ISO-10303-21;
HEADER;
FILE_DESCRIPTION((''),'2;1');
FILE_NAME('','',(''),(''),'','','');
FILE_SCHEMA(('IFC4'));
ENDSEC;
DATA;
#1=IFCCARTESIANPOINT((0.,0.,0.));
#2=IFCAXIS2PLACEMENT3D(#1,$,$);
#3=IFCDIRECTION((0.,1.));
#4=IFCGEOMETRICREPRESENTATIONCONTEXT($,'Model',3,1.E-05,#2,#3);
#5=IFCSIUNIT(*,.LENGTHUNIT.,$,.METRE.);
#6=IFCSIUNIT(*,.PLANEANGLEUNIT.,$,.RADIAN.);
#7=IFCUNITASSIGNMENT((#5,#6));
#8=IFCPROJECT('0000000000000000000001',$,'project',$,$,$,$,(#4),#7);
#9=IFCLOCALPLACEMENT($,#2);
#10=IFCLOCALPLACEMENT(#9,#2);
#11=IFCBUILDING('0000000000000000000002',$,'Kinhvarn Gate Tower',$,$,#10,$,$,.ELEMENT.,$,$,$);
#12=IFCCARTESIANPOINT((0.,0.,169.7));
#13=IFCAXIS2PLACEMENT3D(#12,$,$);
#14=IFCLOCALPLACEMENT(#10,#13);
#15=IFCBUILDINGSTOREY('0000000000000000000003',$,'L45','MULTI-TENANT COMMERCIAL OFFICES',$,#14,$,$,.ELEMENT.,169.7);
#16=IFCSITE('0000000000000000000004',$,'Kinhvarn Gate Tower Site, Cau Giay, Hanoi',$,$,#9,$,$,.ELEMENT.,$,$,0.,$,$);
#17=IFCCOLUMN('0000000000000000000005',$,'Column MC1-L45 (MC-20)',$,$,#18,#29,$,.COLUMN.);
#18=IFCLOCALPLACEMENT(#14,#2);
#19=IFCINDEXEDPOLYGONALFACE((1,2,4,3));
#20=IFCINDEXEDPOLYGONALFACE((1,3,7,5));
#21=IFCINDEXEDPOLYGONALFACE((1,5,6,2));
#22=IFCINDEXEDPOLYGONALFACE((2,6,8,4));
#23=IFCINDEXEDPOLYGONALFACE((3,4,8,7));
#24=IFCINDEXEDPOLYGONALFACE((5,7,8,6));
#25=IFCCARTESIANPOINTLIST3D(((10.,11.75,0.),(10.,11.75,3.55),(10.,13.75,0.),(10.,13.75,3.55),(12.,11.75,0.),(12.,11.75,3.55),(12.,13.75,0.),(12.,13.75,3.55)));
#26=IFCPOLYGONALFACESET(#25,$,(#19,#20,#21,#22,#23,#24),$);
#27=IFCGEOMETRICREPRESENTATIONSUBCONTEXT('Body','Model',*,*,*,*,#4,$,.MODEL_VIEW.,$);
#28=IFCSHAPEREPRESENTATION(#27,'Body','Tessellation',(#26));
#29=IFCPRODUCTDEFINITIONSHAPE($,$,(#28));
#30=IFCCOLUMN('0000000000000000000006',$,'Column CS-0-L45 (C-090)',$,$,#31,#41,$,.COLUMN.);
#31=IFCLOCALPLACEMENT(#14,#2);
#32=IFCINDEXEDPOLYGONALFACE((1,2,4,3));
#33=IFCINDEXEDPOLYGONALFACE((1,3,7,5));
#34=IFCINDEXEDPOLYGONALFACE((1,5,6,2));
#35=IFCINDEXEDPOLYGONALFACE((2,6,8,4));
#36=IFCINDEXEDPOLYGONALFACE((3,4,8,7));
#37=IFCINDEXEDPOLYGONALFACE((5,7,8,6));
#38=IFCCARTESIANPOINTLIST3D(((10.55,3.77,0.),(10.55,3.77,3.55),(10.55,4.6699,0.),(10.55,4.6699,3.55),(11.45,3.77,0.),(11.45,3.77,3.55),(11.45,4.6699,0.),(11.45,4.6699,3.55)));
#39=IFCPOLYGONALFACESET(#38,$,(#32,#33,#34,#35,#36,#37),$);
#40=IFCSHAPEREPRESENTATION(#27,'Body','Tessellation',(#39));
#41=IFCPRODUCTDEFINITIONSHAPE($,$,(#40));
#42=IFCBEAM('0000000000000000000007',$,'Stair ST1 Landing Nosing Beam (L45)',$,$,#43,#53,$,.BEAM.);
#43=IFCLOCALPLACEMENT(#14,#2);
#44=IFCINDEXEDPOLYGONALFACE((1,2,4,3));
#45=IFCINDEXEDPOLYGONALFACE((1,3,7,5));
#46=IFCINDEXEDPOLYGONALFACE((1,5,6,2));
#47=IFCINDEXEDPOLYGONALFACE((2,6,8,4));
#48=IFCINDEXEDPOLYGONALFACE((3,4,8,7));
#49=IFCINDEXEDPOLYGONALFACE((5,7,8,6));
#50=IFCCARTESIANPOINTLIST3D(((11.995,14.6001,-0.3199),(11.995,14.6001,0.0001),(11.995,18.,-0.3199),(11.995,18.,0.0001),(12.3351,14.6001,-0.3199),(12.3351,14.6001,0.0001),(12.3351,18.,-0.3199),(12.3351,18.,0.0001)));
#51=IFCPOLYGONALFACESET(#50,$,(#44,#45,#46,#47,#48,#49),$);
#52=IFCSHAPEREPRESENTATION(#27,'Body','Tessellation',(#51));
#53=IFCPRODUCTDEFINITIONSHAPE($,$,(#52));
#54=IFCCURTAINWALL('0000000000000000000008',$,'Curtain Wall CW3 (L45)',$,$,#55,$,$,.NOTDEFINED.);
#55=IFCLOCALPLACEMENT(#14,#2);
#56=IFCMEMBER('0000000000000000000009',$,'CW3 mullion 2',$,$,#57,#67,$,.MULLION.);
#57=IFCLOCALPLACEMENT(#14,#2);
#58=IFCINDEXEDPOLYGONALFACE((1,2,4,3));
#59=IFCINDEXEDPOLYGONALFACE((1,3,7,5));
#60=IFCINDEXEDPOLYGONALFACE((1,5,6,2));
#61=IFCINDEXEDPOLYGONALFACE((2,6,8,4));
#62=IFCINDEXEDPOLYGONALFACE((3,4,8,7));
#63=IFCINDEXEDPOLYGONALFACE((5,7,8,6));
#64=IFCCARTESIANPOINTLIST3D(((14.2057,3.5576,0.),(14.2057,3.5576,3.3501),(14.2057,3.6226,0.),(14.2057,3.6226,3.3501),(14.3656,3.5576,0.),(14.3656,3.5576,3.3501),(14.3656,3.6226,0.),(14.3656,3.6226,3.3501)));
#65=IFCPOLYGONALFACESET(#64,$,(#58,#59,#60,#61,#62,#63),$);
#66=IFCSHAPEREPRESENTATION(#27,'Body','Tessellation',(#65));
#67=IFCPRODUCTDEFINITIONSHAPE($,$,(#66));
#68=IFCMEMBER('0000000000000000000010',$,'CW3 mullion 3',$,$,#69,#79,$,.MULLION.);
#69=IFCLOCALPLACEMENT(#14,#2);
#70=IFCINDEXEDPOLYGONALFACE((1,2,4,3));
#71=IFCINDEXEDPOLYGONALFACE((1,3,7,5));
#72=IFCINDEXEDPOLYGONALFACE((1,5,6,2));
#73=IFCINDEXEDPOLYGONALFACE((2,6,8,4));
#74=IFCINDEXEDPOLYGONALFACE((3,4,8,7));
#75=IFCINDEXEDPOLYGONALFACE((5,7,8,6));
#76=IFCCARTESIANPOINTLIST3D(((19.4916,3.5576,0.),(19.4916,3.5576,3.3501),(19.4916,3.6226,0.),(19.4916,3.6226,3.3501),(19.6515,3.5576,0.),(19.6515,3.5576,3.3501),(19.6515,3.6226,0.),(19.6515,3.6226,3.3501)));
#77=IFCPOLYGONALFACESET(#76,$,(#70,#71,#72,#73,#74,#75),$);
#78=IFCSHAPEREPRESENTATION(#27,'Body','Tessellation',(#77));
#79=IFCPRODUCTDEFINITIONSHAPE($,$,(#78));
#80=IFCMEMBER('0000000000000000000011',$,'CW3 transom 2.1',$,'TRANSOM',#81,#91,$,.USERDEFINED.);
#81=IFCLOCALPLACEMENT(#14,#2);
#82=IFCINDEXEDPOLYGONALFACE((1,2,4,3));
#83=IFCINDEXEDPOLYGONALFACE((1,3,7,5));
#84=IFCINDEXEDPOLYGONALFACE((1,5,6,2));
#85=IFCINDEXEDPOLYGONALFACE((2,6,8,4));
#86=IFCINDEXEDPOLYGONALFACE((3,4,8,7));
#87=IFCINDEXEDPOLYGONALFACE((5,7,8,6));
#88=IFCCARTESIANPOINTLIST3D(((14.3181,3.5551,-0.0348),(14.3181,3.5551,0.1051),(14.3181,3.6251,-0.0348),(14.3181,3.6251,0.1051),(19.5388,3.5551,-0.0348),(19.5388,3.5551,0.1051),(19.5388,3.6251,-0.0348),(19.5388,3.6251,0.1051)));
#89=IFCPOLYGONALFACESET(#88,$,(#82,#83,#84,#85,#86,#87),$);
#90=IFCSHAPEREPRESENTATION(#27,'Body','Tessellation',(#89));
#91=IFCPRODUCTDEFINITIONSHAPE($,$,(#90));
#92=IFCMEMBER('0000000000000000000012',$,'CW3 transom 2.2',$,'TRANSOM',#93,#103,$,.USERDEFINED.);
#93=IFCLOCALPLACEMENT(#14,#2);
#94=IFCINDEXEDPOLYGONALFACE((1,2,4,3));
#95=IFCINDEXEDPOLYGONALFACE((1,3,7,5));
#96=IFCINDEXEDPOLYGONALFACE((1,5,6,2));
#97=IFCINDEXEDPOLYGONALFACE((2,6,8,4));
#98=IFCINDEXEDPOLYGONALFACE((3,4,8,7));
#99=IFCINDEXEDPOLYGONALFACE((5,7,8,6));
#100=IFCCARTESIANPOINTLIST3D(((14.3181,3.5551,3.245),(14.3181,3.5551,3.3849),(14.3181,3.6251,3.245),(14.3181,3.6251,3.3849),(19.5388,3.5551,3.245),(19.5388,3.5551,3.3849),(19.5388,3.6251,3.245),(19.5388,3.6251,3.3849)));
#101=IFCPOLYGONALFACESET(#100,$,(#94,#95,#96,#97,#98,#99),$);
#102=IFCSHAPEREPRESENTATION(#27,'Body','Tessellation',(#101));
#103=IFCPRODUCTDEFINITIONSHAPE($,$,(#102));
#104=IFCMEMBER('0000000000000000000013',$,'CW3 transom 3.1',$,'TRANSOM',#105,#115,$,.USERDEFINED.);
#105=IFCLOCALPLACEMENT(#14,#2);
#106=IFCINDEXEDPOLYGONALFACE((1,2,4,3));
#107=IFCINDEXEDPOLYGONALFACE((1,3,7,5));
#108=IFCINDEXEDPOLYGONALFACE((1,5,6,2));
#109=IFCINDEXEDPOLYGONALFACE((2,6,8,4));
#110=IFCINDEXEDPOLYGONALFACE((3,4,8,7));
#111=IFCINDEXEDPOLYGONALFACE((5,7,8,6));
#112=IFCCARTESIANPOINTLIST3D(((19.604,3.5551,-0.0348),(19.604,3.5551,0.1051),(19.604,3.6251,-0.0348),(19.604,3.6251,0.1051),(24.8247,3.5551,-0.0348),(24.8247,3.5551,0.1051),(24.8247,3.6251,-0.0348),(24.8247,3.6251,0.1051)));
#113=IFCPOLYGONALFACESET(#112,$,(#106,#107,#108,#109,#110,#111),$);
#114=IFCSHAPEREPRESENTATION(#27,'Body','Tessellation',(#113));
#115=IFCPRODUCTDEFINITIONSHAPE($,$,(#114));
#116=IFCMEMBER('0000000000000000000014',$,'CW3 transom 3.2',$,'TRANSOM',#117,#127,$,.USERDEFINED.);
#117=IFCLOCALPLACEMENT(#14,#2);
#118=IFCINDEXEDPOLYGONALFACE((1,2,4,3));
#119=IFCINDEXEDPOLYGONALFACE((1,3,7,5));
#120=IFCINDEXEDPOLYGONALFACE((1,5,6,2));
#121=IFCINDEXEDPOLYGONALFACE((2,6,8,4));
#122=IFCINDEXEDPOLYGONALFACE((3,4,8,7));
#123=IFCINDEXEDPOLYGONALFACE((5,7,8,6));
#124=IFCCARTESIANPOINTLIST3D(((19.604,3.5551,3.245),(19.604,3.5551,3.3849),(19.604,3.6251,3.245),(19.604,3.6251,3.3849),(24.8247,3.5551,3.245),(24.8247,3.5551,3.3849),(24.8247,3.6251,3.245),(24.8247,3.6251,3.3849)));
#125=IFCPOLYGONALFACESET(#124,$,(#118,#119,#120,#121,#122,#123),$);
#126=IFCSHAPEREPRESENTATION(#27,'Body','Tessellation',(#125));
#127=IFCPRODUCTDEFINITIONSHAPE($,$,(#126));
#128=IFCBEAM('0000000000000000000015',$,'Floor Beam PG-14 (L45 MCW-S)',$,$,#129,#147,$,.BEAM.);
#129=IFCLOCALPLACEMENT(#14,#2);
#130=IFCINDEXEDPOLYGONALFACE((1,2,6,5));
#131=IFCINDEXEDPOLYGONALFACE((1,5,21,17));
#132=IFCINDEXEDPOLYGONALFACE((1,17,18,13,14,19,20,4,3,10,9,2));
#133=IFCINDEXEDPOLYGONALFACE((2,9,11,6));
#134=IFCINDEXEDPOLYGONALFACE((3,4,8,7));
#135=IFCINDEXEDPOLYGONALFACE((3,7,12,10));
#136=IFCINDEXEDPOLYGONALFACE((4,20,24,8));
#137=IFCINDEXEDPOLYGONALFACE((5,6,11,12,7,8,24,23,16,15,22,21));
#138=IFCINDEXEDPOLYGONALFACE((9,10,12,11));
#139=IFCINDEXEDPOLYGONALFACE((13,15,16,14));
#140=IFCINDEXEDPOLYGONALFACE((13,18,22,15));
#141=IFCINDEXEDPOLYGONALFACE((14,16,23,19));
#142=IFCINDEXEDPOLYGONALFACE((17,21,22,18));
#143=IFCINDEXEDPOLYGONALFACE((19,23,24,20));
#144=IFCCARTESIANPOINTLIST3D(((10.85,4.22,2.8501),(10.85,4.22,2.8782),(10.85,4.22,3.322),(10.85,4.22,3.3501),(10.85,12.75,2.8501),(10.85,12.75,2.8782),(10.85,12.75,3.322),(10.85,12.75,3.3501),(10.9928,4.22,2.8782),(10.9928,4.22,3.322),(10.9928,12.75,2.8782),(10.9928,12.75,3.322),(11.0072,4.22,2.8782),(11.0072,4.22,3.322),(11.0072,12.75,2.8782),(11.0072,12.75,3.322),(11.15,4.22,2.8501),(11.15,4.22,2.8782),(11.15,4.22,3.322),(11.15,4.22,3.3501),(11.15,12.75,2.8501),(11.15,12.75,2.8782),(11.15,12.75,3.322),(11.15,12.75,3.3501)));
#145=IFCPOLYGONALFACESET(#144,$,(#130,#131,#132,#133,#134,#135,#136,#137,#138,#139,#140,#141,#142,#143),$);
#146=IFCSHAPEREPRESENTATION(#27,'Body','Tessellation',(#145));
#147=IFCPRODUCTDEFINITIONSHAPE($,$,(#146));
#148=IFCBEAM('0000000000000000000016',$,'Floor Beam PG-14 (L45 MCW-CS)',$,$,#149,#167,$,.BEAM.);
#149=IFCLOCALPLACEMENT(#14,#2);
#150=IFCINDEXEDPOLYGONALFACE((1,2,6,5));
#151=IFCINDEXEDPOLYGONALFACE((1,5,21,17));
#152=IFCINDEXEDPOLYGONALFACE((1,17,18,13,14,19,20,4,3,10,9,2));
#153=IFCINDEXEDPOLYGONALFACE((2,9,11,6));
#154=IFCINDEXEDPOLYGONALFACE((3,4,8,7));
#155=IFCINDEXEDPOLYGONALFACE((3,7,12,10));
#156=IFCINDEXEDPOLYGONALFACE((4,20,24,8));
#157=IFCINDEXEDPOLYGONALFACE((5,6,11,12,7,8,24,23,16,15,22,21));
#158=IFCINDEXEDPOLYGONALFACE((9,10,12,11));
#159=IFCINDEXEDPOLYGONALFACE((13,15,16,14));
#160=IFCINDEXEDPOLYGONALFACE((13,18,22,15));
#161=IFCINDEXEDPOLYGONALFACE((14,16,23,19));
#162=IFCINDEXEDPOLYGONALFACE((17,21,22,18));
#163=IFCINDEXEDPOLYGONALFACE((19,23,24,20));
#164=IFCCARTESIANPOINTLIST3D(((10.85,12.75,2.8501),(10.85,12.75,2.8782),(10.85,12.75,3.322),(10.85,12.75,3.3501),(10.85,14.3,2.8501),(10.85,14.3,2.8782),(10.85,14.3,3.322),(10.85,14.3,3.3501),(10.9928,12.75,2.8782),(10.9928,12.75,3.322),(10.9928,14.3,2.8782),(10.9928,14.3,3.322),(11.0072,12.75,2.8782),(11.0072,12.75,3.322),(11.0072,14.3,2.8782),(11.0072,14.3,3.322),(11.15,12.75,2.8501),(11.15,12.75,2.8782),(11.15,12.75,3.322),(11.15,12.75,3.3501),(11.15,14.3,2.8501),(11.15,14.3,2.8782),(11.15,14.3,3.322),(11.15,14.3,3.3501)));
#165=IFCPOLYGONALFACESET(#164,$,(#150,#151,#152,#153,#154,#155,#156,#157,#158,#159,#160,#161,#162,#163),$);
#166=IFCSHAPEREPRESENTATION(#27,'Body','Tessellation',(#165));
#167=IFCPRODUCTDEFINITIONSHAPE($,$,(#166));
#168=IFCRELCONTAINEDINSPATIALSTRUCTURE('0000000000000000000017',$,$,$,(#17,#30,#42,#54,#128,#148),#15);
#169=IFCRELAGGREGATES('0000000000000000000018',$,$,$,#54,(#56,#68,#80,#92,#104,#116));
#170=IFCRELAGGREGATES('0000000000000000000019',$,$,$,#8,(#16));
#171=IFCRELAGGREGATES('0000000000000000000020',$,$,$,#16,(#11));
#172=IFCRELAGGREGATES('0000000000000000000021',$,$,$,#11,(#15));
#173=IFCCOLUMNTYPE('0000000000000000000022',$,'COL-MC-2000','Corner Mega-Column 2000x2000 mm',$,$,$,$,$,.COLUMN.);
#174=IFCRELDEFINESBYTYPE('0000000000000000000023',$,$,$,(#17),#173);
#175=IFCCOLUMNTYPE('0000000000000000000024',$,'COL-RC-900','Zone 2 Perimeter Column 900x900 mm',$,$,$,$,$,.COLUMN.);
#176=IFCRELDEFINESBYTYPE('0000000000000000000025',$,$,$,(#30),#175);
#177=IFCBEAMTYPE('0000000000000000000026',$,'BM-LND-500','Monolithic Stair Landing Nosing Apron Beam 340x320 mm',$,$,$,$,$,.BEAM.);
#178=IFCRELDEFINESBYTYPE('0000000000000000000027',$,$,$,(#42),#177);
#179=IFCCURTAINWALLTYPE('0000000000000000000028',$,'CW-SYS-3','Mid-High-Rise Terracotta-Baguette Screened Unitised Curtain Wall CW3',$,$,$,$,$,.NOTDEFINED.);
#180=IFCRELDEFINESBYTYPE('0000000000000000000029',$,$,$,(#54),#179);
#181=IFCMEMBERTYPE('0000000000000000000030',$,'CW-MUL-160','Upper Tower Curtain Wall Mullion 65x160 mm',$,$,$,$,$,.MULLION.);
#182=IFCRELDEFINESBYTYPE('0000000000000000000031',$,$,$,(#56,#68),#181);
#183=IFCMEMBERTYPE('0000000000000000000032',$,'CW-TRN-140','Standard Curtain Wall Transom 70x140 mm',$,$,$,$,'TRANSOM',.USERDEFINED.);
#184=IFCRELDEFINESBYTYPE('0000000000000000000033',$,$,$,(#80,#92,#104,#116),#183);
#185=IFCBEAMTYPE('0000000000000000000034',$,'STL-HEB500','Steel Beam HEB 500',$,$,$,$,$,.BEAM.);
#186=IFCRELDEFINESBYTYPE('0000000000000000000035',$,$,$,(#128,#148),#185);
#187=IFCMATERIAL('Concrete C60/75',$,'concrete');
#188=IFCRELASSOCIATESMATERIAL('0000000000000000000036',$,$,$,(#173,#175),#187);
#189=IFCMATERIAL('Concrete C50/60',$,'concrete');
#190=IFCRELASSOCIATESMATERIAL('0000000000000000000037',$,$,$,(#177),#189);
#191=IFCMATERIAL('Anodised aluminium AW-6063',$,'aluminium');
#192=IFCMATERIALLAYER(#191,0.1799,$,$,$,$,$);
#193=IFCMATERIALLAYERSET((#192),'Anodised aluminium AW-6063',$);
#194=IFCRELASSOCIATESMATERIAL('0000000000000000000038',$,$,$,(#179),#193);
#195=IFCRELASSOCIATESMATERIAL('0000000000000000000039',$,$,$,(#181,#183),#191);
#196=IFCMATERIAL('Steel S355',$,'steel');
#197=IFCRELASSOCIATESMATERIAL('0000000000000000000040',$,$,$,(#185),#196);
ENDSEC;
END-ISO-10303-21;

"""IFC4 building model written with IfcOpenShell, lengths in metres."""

from ifc_helpers import new_model, si_unit, direction, frame, origin, origin_2d, place, context, subcontext, project, spatial, rectangle, i_section, extrude, material, layer, layer_set, material_profile, profile_set, type_object, element, aggregate, save


model = new_model("IFC4")

# Units and contexts
model_context = context("Model", 3, precision=1e-05, world=origin(), true_north=direction((0.0, 1.0)))
body_context = subcontext(model_context, "Body", "Model", "MODEL_VIEW")
ifc_project = project(units=[si_unit("LENGTHUNIT", "METRE"), si_unit("PLANEANGLEUNIT", "RADIAN")], contexts=[model_context])

# Site, building, storey
site_placement = place(None, origin())
site = spatial("IfcSite", under=ifc_project, at=site_placement, Name="Kinhvarn Gate Tower Site, Cau Giay, Hanoi", CompositionType="ELEMENT", RefElevation=0.0)
building_placement = place(site_placement, origin())
building = spatial("IfcBuilding", under=site, at=building_placement, Name="Kinhvarn Gate Tower", CompositionType="ELEMENT")
storey_placement = place(building_placement, frame((0.0, 0.0, 169.7)))
storey = spatial("IfcBuildingStorey", under=building, at=storey_placement, Name="L45", Description="MULTI-TENANT COMMERCIAL OFFICES", CompositionType="ELEMENT", Elevation=169.7)

# Columns
ifc_material_1 = material(Name="Concrete C60/75", Category="concrete")
ifc_material_profile_1 = material_profile(ifc_material_1, rectangle(XDim=2.0, YDim=2.0, at=origin_2d()), Name="RC 2000x2000")
ifc_profile_set_1 = profile_set([ifc_material_profile_1], Name="Concrete C60/75")
column_type_1 = type_object("IfcColumnType", Name="COL-MC-2000", Description="Corner Mega-Column 2000x2000 mm", PredefinedType="COLUMN", material=ifc_profile_set_1)
column_1_placement = place(storey_placement, frame((11.0, 12.75, 0.0), z_axis=(0.0, 0.0, 1.0), x_axis=(1.0, 0.0, 0.0)))
element("IfcColumn", 1, at=column_1_placement, inside=storey, type_object=column_type_1, Name="Column MC1-L45 (MC-20)", PredefinedType="COLUMN", context=body_context, shape_type="SweptSolid", body=[
    extrude(rectangle(XDim=2.0, YDim=2.0, at=origin_2d()), origin(), (0.0, 0.0, 1.0), 3.55),
])
ifc_material_profile_2 = material_profile(ifc_material_1, rectangle(XDim=0.8999, YDim=0.8999, at=origin_2d()), Name="RC 900x900")
ifc_profile_set_2 = profile_set([ifc_material_profile_2], Name="Concrete C60/75")
column_type_2 = type_object("IfcColumnType", Name="COL-RC-900", Description="Zone 2 Perimeter Column 900x900 mm", PredefinedType="COLUMN", material=ifc_profile_set_2)
column_2_placement = place(storey_placement, frame((11.0, 4.22, 0.0), z_axis=(0.0, 0.0, 1.0), x_axis=(1.0, 0.0, 0.0)))
element("IfcColumn", 2, at=column_2_placement, inside=storey, type_object=column_type_2, Name="Column CS-0-L45 (C-090)", PredefinedType="COLUMN", context=body_context, shape_type="SweptSolid", body=[
    extrude(rectangle(XDim=0.8999, YDim=0.8999, at=origin_2d()), origin(), (0.0, 0.0, 1.0), 3.55),
])

# Beam
ifc_material_2 = material(Name="Concrete C50/60", Category="concrete")
ifc_material_profile_3 = material_profile(ifc_material_2, rectangle(XDim=0.3401, YDim=0.3201, at=origin_2d()), Name="RC 340x320")
ifc_profile_set_3 = profile_set([ifc_material_profile_3], Name="Concrete C50/60")
beam_type_1 = type_object("IfcBeamType", Name="BM-LND-500", Description="Monolithic Stair Landing Nosing Apron Beam 340x320 mm", PredefinedType="BEAM", material=ifc_profile_set_3)
beam_1_placement = place(storey_placement, frame((12.165, 14.6001, -0.1599), z_axis=(0.0, 1.0, 0.0), x_axis=(-1.0, 0.0, 0.0)))
element("IfcBeam", 3, at=beam_1_placement, inside=storey, type_object=beam_type_1, Name="Stair ST1 Landing Nosing Beam (L45)", PredefinedType="BEAM", context=body_context, shape_type="SweptSolid", body=[
    extrude(rectangle(XDim=0.3401, YDim=0.3201, at=origin_2d()), origin(), (0.0, 0.0, 1.0), 3.3999),
])

# Curtain wall, members
ifc_material_3 = material(Name="Anodised aluminium AW-6063", Category="aluminium")
ifc_layer_1 = layer(ifc_material_3, 0.1799)
ifc_layer_set_1 = layer_set([ifc_layer_1], Name="Anodised aluminium AW-6063")
curtain_wall_type = type_object("IfcCurtainWallType", Name="CW-SYS-3", Description="Mid-High-Rise Terracotta-Baguette Screened Unitised Curtain Wall CW3", PredefinedType="NOTDEFINED", material=ifc_layer_set_1)
curtain_wall_placement = place(storey_placement, origin())
curtain_wall = element("IfcCurtainWall", 4, at=curtain_wall_placement, inside=storey, type_object=curtain_wall_type, Name="Curtain Wall CW3 (L45)", PredefinedType="NOTDEFINED")
ifc_material_profile_4 = material_profile(ifc_material_3, rectangle(XDim=0.0649, YDim=0.1599, at=origin_2d()), Name="ALU 65x160")
ifc_profile_set_4 = profile_set([ifc_material_profile_4], Name="Anodised aluminium AW-6063")
member_type_1 = type_object("IfcMemberType", Name="CW-MUL-160", Description="Upper Tower Curtain Wall Mullion 65x160 mm", PredefinedType="MULLION", material=ifc_profile_set_4)
member_1_placement = place(storey_placement, frame((14.2856, 3.5901, 0.0), z_axis=(0.0, 0.0, 1.0), x_axis=(0.0, 1.0, 0.0)))
member_1 = element("IfcMember", 5, at=member_1_placement, type_object=member_type_1, Name="CW3 mullion 2", PredefinedType="MULLION", context=body_context, shape_type="SweptSolid", body=[
    extrude(rectangle(XDim=0.0649, YDim=0.1599, at=origin_2d()), origin(), (0.0, 0.0, 1.0), 3.3501),
])
member_2_placement = place(storey_placement, frame((19.5715, 3.5901, 0.0), z_axis=(0.0, 0.0, 1.0), x_axis=(0.0, 1.0, 0.0)))
member_2 = element("IfcMember", 6, at=member_2_placement, type_object=member_type_1, Name="CW3 mullion 3", PredefinedType="MULLION", context=body_context, shape_type="SweptSolid", body=[
    extrude(rectangle(XDim=0.0649, YDim=0.1599, at=origin_2d()), origin(), (0.0, 0.0, 1.0), 3.3501),
])
ifc_material_profile_5 = material_profile(ifc_material_3, rectangle(XDim=0.0701, YDim=0.1399, at=origin_2d()), Name="ALU 70x140")
ifc_profile_set_5 = profile_set([ifc_material_profile_5], Name="Anodised aluminium AW-6063")
member_type_2 = type_object("IfcMemberType", Name="CW-TRN-140", Description="Standard Curtain Wall Transom 70x140 mm", ElementType="TRANSOM", PredefinedType="USERDEFINED", material=ifc_profile_set_5)
member_3_placement = place(storey_placement, frame((14.3181, 3.5901, 0.0352), z_axis=(1.0, 0.0, 0.0), x_axis=(0.0, 1.0, 0.0)))
member_3 = element("IfcMember", 7, at=member_3_placement, type_object=member_type_2, Name="CW3 transom 2.1", ObjectType="TRANSOM", PredefinedType="USERDEFINED", context=body_context, shape_type="SweptSolid", body=[
    extrude(rectangle(XDim=0.0701, YDim=0.1399, at=origin_2d()), origin(), (0.0, 0.0, 1.0), 5.2207),
])
member_4_placement = place(storey_placement, frame((14.3181, 3.5901, 3.3149), z_axis=(1.0, 0.0, 0.0), x_axis=(0.0, 1.0, 0.0)))
member_4 = element("IfcMember", 8, at=member_4_placement, type_object=member_type_2, Name="CW3 transom 2.2", ObjectType="TRANSOM", PredefinedType="USERDEFINED", context=body_context, shape_type="SweptSolid", body=[
    extrude(rectangle(XDim=0.0701, YDim=0.1399, at=origin_2d()), origin(), (0.0, 0.0, 1.0), 5.2207),
])
member_5_placement = place(storey_placement, frame((19.604, 3.5901, 0.0352), z_axis=(1.0, 0.0, 0.0), x_axis=(0.0, 1.0, 0.0)))
member_5 = element("IfcMember", 9, at=member_5_placement, type_object=member_type_2, Name="CW3 transom 3.1", ObjectType="TRANSOM", PredefinedType="USERDEFINED", context=body_context, shape_type="SweptSolid", body=[
    extrude(rectangle(XDim=0.0701, YDim=0.1399, at=origin_2d()), origin(), (0.0, 0.0, 1.0), 5.2207),
])
member_6_placement = place(storey_placement, frame((19.604, 3.5901, 3.3149), z_axis=(1.0, 0.0, 0.0), x_axis=(0.0, 1.0, 0.0)))
member_6 = element("IfcMember", 10, at=member_6_placement, type_object=member_type_2, Name="CW3 transom 3.2", ObjectType="TRANSOM", PredefinedType="USERDEFINED", context=body_context, shape_type="SweptSolid", body=[
    extrude(rectangle(XDim=0.0701, YDim=0.1399, at=origin_2d()), origin(), (0.0, 0.0, 1.0), 5.2207),
])

# Beams
ifc_material_4 = material(Name="Steel S355", Category="steel")
ifc_material_profile_6 = material_profile(ifc_material_4, i_section(OverallWidth=0.3, OverallDepth=0.5, WebThickness=0.0144, FlangeThickness=0.0281, at=origin_2d()), Name="HEB 500")
ifc_profile_set_6 = profile_set([ifc_material_profile_6], Name="Steel S355")
beam_type_2 = type_object("IfcBeamType", Name="STL-HEB500", Description="Steel Beam HEB 500", PredefinedType="BEAM", material=ifc_profile_set_6)
beam_2_placement = place(storey_placement, frame((11.0, 4.22, 3.1001), z_axis=(0.0, 1.0, 0.0), x_axis=(-1.0, 0.0, 0.0)))
element("IfcBeam", 11, at=beam_2_placement, inside=storey, type_object=beam_type_2, Name="Floor Beam PG-14 (L45 MCW-S)", PredefinedType="BEAM", context=body_context, shape_type="SweptSolid", body=[
    extrude(i_section(OverallWidth=0.3, OverallDepth=0.5, WebThickness=0.0144, FlangeThickness=0.0281, at=origin_2d()), origin(), (0.0, 0.0, 1.0), 8.53),
])
beam_3_placement = place(storey_placement, frame((11.0, 12.75, 3.1001), z_axis=(0.0, 1.0, 0.0), x_axis=(-1.0, 0.0, 0.0)))
element("IfcBeam", 12, at=beam_3_placement, inside=storey, type_object=beam_type_2, Name="Floor Beam PG-14 (L45 MCW-CS)", PredefinedType="BEAM", context=body_context, shape_type="SweptSolid", body=[
    extrude(i_section(OverallWidth=0.3, OverallDepth=0.5, WebThickness=0.0144, FlangeThickness=0.0281, at=origin_2d()), origin(), (0.0, 0.0, 1.0), 1.55),
])

aggregate(curtain_wall, [member_1, member_2, member_3, member_4, member_5, member_6])

save(model, "model.ifc")
